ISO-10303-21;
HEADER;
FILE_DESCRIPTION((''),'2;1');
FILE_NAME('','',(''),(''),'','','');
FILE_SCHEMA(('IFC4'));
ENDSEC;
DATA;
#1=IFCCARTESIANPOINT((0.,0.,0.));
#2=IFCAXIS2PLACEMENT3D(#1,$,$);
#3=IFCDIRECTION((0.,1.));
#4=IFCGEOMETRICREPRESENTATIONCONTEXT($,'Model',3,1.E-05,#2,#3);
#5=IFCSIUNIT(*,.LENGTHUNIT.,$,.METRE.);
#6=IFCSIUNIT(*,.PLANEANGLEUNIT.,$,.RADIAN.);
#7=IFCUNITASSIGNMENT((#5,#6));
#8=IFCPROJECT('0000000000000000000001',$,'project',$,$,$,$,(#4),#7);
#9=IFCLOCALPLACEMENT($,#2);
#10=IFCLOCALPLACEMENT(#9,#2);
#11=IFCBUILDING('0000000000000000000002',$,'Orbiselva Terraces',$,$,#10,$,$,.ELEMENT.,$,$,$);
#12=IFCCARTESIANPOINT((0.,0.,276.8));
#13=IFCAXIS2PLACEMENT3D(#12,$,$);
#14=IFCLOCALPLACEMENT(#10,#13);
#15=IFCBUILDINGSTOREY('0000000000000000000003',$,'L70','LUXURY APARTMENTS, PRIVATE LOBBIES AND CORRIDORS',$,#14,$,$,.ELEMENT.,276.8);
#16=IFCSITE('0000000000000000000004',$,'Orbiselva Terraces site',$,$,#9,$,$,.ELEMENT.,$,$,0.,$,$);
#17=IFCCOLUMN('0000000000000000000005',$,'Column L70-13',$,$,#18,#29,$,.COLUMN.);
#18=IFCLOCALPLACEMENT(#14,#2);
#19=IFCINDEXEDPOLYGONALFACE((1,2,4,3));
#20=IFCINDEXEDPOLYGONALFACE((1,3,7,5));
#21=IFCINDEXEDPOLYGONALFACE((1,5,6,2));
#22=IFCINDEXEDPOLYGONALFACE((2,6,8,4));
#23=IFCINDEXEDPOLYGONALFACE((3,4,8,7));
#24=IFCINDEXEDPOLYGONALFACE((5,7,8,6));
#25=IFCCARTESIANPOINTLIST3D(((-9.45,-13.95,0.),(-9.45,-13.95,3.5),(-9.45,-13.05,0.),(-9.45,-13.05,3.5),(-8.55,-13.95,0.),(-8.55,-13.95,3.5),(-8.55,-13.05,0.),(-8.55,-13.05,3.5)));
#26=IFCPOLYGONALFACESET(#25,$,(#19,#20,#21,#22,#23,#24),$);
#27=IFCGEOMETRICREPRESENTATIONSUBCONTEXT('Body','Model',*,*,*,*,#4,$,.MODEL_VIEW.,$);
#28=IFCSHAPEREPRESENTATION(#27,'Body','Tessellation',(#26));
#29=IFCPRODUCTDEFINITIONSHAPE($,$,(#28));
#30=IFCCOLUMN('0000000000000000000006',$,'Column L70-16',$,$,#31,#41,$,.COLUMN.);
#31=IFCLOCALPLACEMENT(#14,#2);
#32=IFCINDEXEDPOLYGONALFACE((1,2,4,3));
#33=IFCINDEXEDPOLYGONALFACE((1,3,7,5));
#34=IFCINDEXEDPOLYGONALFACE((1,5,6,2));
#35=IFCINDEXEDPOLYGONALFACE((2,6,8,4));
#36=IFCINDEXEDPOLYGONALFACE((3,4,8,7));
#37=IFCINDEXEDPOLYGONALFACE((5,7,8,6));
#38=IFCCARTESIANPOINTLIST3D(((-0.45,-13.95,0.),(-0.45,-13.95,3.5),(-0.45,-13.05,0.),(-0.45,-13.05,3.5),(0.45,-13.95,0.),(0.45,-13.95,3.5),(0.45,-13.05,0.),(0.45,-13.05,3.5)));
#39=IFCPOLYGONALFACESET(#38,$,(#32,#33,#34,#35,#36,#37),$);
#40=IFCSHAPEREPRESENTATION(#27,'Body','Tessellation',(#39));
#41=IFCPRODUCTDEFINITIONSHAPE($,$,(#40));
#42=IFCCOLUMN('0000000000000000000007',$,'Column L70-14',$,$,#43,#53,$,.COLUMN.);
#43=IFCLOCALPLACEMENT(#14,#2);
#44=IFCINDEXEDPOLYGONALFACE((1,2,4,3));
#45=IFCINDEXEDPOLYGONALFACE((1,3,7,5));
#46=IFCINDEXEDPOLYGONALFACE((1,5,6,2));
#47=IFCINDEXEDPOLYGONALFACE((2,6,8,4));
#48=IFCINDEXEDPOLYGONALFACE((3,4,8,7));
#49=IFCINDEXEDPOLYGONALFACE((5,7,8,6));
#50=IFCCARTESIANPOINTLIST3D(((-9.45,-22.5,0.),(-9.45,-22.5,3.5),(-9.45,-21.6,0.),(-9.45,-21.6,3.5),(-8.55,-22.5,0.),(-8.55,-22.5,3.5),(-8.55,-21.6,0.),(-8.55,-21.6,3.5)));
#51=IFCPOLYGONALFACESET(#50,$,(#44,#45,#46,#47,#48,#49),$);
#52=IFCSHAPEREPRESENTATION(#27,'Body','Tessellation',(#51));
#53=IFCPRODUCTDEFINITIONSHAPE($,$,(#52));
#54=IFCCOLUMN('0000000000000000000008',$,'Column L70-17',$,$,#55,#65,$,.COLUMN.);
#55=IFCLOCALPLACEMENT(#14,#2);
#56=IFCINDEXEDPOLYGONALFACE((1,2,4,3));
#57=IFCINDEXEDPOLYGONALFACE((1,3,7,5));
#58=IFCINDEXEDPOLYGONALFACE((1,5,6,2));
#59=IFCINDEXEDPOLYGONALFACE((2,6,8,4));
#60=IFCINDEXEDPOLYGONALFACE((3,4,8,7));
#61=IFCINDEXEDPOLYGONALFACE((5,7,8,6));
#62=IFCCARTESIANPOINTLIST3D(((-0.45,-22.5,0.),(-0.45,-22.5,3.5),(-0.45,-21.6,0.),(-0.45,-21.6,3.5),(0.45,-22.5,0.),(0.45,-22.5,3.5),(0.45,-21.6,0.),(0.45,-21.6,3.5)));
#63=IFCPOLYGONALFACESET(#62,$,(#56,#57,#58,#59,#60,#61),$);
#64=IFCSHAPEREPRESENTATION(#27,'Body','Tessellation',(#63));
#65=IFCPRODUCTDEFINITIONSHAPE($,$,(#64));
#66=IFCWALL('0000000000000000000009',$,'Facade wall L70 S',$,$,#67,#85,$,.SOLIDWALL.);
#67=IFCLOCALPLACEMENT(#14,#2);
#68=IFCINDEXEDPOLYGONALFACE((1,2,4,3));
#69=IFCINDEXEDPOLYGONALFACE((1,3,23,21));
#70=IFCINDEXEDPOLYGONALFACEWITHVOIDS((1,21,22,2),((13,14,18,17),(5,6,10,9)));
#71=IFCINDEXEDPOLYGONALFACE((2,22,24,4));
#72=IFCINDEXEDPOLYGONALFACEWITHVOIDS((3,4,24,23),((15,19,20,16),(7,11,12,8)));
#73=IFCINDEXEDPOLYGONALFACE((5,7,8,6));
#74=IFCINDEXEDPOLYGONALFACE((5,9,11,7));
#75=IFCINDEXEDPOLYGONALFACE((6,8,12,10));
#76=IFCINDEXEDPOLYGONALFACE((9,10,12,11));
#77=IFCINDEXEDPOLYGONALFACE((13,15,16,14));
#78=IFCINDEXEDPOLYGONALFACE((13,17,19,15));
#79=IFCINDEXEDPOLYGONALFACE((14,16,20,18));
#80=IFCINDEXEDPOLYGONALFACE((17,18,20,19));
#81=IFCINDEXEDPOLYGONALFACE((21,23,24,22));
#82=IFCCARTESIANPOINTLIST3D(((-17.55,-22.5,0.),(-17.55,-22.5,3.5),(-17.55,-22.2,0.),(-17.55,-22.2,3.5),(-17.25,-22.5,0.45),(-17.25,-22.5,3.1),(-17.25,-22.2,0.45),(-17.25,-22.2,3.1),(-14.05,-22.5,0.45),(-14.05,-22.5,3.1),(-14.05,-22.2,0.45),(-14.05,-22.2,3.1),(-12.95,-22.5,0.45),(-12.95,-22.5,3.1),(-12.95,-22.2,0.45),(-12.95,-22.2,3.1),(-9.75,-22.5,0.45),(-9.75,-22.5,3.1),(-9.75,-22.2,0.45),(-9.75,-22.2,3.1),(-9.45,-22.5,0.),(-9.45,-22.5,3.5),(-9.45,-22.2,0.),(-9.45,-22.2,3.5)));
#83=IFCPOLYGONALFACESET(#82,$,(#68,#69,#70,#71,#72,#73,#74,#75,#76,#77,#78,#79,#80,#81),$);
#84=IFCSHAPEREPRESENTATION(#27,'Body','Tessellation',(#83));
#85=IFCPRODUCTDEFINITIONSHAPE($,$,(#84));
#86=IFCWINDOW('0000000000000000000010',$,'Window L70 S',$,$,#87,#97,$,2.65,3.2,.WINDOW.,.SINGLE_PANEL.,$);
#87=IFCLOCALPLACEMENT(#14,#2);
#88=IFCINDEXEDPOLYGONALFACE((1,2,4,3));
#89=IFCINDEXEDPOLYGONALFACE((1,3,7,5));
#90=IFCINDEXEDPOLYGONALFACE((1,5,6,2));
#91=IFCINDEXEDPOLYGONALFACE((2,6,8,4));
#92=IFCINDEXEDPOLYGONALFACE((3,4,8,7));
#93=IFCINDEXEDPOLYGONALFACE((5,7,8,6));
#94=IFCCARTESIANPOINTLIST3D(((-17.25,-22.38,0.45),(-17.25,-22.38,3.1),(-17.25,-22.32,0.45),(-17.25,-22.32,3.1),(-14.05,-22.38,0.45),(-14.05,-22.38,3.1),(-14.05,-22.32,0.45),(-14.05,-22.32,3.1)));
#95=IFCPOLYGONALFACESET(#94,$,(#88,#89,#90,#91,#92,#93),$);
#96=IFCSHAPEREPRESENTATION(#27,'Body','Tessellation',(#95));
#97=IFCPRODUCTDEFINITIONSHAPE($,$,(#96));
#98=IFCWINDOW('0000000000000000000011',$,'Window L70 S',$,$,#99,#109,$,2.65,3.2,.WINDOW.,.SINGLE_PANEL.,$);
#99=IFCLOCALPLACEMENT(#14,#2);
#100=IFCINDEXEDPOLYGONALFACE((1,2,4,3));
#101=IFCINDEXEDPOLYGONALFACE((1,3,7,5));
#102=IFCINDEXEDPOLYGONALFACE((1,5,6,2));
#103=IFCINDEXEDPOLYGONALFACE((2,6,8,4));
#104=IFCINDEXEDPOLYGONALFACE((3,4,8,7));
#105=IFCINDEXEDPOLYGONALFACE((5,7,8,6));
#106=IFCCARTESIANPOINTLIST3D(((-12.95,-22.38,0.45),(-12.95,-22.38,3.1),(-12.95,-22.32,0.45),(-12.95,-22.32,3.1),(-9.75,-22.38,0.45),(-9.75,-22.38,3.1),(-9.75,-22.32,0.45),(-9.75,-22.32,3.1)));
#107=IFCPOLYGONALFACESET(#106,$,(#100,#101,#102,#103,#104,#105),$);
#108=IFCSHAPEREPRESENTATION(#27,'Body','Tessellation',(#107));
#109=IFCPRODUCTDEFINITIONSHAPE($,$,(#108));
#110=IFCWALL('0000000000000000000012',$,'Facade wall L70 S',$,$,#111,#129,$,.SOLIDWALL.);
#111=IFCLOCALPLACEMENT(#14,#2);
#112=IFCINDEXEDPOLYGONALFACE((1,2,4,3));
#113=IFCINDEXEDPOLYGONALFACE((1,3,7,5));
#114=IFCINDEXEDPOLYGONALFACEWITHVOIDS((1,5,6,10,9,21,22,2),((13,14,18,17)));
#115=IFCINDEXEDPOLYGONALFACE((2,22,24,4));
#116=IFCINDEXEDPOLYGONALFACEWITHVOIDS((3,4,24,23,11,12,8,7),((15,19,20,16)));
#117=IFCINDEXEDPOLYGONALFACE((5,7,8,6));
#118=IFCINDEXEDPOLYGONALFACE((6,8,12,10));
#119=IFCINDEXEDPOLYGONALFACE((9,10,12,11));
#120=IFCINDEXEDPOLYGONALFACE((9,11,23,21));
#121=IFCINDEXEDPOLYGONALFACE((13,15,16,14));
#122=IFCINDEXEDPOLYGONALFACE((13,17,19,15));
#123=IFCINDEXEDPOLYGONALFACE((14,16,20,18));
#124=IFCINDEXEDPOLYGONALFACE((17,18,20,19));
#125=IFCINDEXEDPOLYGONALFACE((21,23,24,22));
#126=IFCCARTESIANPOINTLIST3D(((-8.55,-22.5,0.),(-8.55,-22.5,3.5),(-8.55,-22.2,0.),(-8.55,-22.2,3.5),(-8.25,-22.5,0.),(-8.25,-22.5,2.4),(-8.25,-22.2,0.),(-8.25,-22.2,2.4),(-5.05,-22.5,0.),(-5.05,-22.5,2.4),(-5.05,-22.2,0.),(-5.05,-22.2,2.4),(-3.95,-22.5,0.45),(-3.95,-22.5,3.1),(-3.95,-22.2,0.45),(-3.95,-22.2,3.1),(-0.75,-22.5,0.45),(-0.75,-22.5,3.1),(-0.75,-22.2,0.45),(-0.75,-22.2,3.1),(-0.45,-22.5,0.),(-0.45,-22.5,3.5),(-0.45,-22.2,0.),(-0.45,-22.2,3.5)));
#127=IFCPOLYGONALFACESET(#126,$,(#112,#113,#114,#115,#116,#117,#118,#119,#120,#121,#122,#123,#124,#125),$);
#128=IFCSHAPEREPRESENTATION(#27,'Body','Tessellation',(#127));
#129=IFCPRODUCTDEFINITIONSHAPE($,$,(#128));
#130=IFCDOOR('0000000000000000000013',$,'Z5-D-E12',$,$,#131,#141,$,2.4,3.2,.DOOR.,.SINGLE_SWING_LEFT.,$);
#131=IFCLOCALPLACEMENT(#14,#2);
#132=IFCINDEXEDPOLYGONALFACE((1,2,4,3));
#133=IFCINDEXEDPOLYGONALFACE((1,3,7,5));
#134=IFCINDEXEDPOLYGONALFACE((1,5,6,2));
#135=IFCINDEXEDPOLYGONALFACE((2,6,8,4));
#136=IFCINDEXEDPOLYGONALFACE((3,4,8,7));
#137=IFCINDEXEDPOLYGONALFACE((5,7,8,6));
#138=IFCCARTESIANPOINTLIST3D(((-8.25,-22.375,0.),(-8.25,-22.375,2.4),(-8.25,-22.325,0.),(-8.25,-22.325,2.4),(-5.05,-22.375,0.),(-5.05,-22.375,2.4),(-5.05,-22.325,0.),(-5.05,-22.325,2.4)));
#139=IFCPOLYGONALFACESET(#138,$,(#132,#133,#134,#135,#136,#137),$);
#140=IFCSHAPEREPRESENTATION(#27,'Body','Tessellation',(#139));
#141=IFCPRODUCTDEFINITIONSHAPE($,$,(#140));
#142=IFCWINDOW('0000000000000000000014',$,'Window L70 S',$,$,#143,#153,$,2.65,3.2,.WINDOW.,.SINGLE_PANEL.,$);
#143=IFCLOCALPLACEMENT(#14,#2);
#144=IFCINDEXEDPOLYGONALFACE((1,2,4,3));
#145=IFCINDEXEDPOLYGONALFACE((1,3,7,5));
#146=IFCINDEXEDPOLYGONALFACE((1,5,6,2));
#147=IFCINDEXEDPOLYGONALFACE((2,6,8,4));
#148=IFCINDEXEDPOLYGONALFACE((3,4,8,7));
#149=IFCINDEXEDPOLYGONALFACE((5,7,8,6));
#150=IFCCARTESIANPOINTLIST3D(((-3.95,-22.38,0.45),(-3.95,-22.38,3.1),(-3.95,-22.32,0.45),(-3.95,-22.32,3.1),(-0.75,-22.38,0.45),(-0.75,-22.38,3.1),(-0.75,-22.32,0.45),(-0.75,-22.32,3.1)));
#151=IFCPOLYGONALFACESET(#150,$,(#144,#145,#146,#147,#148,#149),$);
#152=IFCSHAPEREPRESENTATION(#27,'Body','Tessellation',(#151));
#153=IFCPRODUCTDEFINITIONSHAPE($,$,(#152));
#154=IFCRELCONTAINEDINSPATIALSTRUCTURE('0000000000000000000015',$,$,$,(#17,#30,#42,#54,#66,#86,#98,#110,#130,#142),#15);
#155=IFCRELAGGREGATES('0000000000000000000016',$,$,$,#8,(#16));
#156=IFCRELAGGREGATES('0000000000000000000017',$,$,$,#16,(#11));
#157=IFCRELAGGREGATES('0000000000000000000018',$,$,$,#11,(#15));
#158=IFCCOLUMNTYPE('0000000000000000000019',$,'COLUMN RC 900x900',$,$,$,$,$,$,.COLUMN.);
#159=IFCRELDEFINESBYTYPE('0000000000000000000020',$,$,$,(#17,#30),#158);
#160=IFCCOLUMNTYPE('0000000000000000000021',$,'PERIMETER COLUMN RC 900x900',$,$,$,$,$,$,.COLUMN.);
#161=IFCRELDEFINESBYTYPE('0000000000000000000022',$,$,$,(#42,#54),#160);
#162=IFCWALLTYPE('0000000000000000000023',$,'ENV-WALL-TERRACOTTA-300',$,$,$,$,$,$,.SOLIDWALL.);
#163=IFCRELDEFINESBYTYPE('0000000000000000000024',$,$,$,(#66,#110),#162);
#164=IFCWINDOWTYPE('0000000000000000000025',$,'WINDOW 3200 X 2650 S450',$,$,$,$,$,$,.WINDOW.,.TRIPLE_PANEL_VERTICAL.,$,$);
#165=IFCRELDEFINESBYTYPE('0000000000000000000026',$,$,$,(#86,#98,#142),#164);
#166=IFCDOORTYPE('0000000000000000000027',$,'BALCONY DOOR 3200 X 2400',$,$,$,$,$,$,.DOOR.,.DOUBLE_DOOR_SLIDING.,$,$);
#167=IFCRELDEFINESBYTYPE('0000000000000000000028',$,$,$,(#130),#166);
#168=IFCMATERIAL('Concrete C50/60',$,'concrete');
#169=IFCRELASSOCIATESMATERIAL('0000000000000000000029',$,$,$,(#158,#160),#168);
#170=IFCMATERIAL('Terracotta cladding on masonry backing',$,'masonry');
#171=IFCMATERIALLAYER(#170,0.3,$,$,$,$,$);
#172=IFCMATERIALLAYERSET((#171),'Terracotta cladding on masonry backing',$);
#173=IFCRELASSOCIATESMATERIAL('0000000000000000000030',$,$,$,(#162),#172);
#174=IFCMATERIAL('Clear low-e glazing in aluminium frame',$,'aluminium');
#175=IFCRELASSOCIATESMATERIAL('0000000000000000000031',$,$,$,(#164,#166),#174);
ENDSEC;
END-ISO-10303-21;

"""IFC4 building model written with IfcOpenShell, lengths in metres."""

from ifc_helpers import new_model, si_unit, direction, frame, frame_2d, origin, origin_2d, place, context, subcontext, project, spatial, rectangle, extrude, material, layer, layer_set, material_profile, profile_set, type_object, element, fill, save


model = new_model("IFC4")

# Units and contexts
model_context = context("Model", 3, precision=1e-05, world=origin(), true_north=direction((0.0, 1.0)))
body_context = subcontext(model_context, "Body", "Model", "MODEL_VIEW")
ifc_project = project(units=[si_unit("LENGTHUNIT", "METRE"), si_unit("PLANEANGLEUNIT", "RADIAN")], contexts=[model_context])

# Site, building, storey
site_placement = place(None, origin())
site = spatial("IfcSite", under=ifc_project, at=site_placement, Name="Orbiselva Terraces site", CompositionType="ELEMENT", RefElevation=0.0)
building_placement = place(site_placement, origin())
building = spatial("IfcBuilding", under=site, at=building_placement, Name="Orbiselva Terraces", CompositionType="ELEMENT")
storey_placement = place(building_placement, frame((0.0, 0.0, 276.8)))
storey = spatial("IfcBuildingStorey", under=building, at=storey_placement, Name="L70", Description="LUXURY APARTMENTS, PRIVATE LOBBIES AND CORRIDORS", CompositionType="ELEMENT", Elevation=276.8)

# Columns
ifc_material_1 = material(Name="Concrete C50/60", Category="concrete")
ifc_material_profile_1 = material_profile(ifc_material_1, rectangle(XDim=0.9, YDim=0.9, at=origin_2d()), Name="RC 900x900")
ifc_profile_set_1 = profile_set([ifc_material_profile_1], Name="Concrete C50/60")
column_type_1 = type_object("IfcColumnType", Name="COLUMN RC 900x900", PredefinedType="COLUMN", material=ifc_profile_set_1)
for number, where, z_axis, x_axis, name in (
    (1, (-9.0, -13.5, 0.0), (0.0, 0.0, 1.0), (1.0, 0.0, 0.0), "Column L70-13"),
    (2, (0.0, -13.5, 0.0), (0.0, 0.0, 1.0), (1.0, 0.0, 0.0), "Column L70-16"),
):
    element("IfcColumn", number, at=place(storey_placement, frame(where, z_axis=z_axis, x_axis=x_axis)), inside=storey, type_object=column_type_1, Name=name, PredefinedType="COLUMN", context=body_context, shape_type="SweptSolid", body=[
        extrude(rectangle(XDim=0.9, YDim=0.9, at=origin_2d()), origin(), (0.0, 0.0, 1.0), 3.5),
    ])
ifc_material_profile_2 = material_profile(ifc_material_1, rectangle(XDim=0.9, YDim=0.9, at=origin_2d()), Name="RC 900x900")
ifc_profile_set_2 = profile_set([ifc_material_profile_2], Name="Concrete C50/60")
column_type_2 = type_object("IfcColumnType", Name="PERIMETER COLUMN RC 900x900", PredefinedType="COLUMN", material=ifc_profile_set_2)
for number, where, z_axis, x_axis, name in (
    (3, (-9.0, -22.05, 0.0), (0.0, 0.0, 1.0), (1.0, 0.0, 0.0), "Column L70-14"),
    (4, (0.0, -22.05, 0.0), (0.0, 0.0, 1.0), (1.0, 0.0, 0.0), "Column L70-17"),
):
    element("IfcColumn", number, at=place(storey_placement, frame(where, z_axis=z_axis, x_axis=x_axis)), inside=storey, type_object=column_type_2, Name=name, PredefinedType="COLUMN", context=body_context, shape_type="SweptSolid", body=[
        extrude(rectangle(XDim=0.9, YDim=0.9, at=origin_2d()), origin(), (0.0, 0.0, 1.0), 3.5),
    ])

# Wall, openings, windows
ifc_material_2 = material(Name="Terracotta cladding on masonry backing", Category="masonry")
ifc_layer_1 = layer(ifc_material_2, 0.3)
ifc_layer_set_1 = layer_set([ifc_layer_1], Name="Terracotta cladding on masonry backing")
wall_type_1 = type_object("IfcWallType", Name="ENV-WALL-TERRACOTTA-300", PredefinedType="SOLIDWALL", material=ifc_layer_set_1)
wall_1_placement = place(storey_placement, frame((-9.45, -22.35, 0.0), z_axis=(0.0, 0.0, 1.0), x_axis=(-1.0, 0.0, 0.0)))
wall_1 = element("IfcWall", 5, at=wall_1_placement, inside=storey, type_object=wall_type_1, Name="Facade wall L70 S", PredefinedType="SOLIDWALL", context=body_context, shape_type="SweptSolid", body=[
    extrude(rectangle(XDim=8.1, YDim=0.3, at=frame_2d((4.05, 0.0))), origin(), (0.0, 0.0, 1.0), 3.5),
])
opening_1_placement = place(wall_1_placement, frame((4.6, 0.0, 0.45)))
opening_1 = element("IfcOpeningElement", 6, at=opening_1_placement, cuts=wall_1, PredefinedType="OPENING", context=body_context, shape_type="SweptSolid", body=[
    extrude(rectangle(XDim=3.2, YDim=2.65, at=frame_2d((1.6, 1.325))), frame((0.0, 0.16, 0.0), z_axis=(0.0, -1.0, 0.0), x_axis=(1.0, 0.0, 0.0)), (0.0, 0.0, 1.0), 0.32),
])
opening_2_placement = place(wall_1_placement, frame((0.3, 0.0, 0.45)))
opening_2 = element("IfcOpeningElement", 7, at=opening_2_placement, cuts=wall_1, PredefinedType="OPENING", context=body_context, shape_type="SweptSolid", body=[
    extrude(rectangle(XDim=3.2, YDim=2.65, at=frame_2d((1.6, 1.325))), frame((0.0, 0.16, 0.0), z_axis=(0.0, -1.0, 0.0), x_axis=(1.0, 0.0, 0.0)), (0.0, 0.0, 1.0), 0.32),
])
ifc_material_3 = material(Name="Clear low-e glazing in aluminium frame", Category="aluminium")
window_type = type_object("IfcWindowType", Name="WINDOW 3200 X 2650 S450", PartitioningType="TRIPLE_PANEL_VERTICAL", PredefinedType="WINDOW", material=ifc_material_3)
window_1_placement = place(opening_1_placement, origin())
window_1 = element("IfcWindow", 8, at=window_1_placement, inside=storey, type_object=window_type, Name="Window L70 S", OverallHeight=2.65, OverallWidth=3.2, PartitioningType="SINGLE_PANEL", PredefinedType="WINDOW", context=body_context, shape_type="SweptSolid", body=[
    extrude(rectangle(XDim=3.2, YDim=2.65, at=frame_2d((1.6, 1.325))), frame((0.0, 0.03, 0.0), z_axis=(0.0, -1.0, 0.0), x_axis=(1.0, 0.0, 0.0)), (0.0, 0.0, 1.0), 0.06),
])
fill(opening_1, window_1)
window_2_placement = place(opening_2_placement, origin())
window_2 = element("IfcWindow", 9, at=window_2_placement, inside=storey, type_object=window_type, Name="Window L70 S", OverallHeight=2.65, OverallWidth=3.2, PartitioningType="SINGLE_PANEL", PredefinedType="WINDOW", context=body_context, shape_type="SweptSolid", body=[
    extrude(rectangle(XDim=3.2, YDim=2.65, at=frame_2d((1.6, 1.325))), frame((0.0, 0.03, 0.0), z_axis=(0.0, -1.0, 0.0), x_axis=(1.0, 0.0, 0.0)), (0.0, 0.0, 1.0), 0.06),
])
fill(opening_2, window_2)

# Wall, openings, door, window
wall_2_placement = place(storey_placement, frame((-0.45, -22.35, 0.0), z_axis=(0.0, 0.0, 1.0), x_axis=(-1.0, 0.0, 0.0)))
wall_2 = element("IfcWall", 10, at=wall_2_placement, inside=storey, type_object=wall_type_1, Name="Facade wall L70 S", PredefinedType="SOLIDWALL", context=body_context, shape_type="SweptSolid", body=[
    extrude(rectangle(XDim=8.1, YDim=0.3, at=frame_2d((4.05, 0.0))), origin(), (0.0, 0.0, 1.0), 3.5),
])
opening_3_placement = place(wall_2_placement, frame((4.6, 0.0, 0.0)))
opening_3 = element("IfcOpeningElement", 11, at=opening_3_placement, cuts=wall_2, PredefinedType="OPENING", context=body_context, shape_type="SweptSolid", body=[
    extrude(rectangle(XDim=3.2, YDim=2.4, at=frame_2d((1.6, 1.2))), frame((0.0, 0.16, 0.0), z_axis=(0.0, -1.0, 0.0), x_axis=(1.0, 0.0, 0.0)), (0.0, 0.0, 1.0), 0.32),
])
opening_4_placement = place(wall_2_placement, frame((0.3, 0.0, 0.45)))
opening_4 = element("IfcOpeningElement", 12, at=opening_4_placement, cuts=wall_2, PredefinedType="OPENING", context=body_context, shape_type="SweptSolid", body=[
    extrude(rectangle(XDim=3.2, YDim=2.65, at=frame_2d((1.6, 1.325))), frame((0.0, 0.16, 0.0), z_axis=(0.0, -1.0, 0.0), x_axis=(1.0, 0.0, 0.0)), (0.0, 0.0, 1.0), 0.32),
])
door_type_1 = type_object("IfcDoorType", Name="BALCONY DOOR 3200 X 2400", OperationType="DOUBLE_DOOR_SLIDING", PredefinedType="DOOR", material=ifc_material_3)
door_1_placement = place(opening_3_placement, origin())
door_1 = element("IfcDoor", 13, at=door_1_placement, inside=storey, type_object=door_type_1, Name="Z5-D-E12", OperationType="SINGLE_SWING_LEFT", OverallHeight=2.4, OverallWidth=3.2, PredefinedType="DOOR", context=body_context, shape_type="SweptSolid", body=[
    extrude(rectangle(XDim=3.2, YDim=2.4, at=frame_2d((1.6, 1.2))), frame((0.0, 0.025, 0.0), z_axis=(0.0, -1.0, 0.0), x_axis=(1.0, 0.0, 0.0)), (0.0, 0.0, 1.0), 0.05),
])
fill(opening_3, door_1)
window_3_placement = place(opening_4_placement, origin())
window_3 = element("IfcWindow", 14, at=window_3_placement, inside=storey, type_object=window_type, Name="Window L70 S", OverallHeight=2.65, OverallWidth=3.2, PartitioningType="SINGLE_PANEL", PredefinedType="WINDOW", context=body_context, shape_type="SweptSolid", body=[
    extrude(rectangle(XDim=3.2, YDim=2.65, at=frame_2d((1.6, 1.325))), frame((0.0, 0.03, 0.0), z_axis=(0.0, -1.0, 0.0), x_axis=(1.0, 0.0, 0.0)), (0.0, 0.0, 1.0), 0.06),
])
fill(opening_4, window_3)

save(model, "model.ifc")
